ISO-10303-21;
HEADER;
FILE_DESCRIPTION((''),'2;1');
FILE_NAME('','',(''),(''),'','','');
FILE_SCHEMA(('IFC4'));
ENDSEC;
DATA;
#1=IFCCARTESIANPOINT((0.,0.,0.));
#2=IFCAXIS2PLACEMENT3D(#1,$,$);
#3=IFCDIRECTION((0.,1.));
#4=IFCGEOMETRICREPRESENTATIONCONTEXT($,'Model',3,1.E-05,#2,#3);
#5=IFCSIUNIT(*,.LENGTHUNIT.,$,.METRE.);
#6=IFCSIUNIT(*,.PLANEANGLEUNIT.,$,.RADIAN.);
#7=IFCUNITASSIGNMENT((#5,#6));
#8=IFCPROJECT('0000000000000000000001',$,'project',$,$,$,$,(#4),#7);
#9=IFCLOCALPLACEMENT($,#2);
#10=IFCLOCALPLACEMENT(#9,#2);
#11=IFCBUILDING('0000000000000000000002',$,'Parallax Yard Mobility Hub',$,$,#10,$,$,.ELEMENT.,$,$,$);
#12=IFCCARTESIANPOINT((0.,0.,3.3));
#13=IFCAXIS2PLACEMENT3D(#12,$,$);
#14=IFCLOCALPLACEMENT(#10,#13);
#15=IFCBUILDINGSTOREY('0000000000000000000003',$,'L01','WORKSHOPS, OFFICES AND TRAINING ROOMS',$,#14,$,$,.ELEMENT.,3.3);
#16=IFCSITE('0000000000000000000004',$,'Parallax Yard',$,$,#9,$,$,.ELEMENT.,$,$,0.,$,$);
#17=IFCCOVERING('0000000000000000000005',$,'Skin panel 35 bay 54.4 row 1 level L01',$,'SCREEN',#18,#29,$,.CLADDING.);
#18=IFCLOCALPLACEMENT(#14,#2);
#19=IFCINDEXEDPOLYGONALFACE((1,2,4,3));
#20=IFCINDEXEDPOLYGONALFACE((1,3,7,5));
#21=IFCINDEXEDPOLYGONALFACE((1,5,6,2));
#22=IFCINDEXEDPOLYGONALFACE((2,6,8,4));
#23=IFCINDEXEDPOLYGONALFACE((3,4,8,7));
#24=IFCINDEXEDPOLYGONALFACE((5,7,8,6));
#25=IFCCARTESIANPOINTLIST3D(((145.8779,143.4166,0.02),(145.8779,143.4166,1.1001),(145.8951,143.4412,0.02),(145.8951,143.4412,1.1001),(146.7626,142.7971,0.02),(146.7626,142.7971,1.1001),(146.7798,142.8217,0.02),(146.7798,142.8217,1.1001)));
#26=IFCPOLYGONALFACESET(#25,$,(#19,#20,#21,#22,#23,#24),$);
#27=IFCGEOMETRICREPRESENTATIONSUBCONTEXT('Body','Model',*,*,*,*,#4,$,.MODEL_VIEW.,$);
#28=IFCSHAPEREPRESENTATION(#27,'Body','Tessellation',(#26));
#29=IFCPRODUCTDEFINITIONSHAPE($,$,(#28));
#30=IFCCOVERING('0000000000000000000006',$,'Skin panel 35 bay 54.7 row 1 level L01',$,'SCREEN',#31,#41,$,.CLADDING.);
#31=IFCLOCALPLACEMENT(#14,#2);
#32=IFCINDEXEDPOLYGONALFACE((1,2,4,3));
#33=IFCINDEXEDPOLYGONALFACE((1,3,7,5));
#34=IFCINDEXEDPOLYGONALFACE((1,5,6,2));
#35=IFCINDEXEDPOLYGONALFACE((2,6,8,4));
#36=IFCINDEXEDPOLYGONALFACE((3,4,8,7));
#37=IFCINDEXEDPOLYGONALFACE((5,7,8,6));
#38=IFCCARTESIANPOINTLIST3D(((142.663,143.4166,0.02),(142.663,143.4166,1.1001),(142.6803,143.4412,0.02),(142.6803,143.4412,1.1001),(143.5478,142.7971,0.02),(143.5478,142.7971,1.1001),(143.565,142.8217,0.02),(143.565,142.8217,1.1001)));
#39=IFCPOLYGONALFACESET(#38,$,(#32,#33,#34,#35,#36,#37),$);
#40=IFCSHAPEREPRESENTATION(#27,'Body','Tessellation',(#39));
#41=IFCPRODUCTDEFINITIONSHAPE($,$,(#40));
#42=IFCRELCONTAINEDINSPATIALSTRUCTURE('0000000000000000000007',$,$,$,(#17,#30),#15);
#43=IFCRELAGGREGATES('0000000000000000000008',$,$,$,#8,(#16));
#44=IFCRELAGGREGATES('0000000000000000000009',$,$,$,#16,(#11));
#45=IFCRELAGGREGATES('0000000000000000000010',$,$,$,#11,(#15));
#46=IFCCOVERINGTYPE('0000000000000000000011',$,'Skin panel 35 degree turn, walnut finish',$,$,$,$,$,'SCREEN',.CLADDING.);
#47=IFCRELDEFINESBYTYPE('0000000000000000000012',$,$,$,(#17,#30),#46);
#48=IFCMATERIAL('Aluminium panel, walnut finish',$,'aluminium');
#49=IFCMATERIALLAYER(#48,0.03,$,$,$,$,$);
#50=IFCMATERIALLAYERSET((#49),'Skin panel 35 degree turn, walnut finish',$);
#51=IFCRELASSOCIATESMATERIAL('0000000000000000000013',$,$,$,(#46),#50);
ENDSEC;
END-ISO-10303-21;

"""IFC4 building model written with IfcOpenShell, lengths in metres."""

from ifc_helpers import new_model, si_unit, direction, frame, origin, origin_2d, place, context, subcontext, project, spatial, rectangle, extrude, material, layer, layer_set, type_object, element, save


model = new_model("IFC4")

# Units and contexts
model_context = context("Model", 3, precision=1e-05, world=origin(), true_north=direction((0.0, 1.0)))
body_context = subcontext(model_context, "Body", "Model", "MODEL_VIEW")
ifc_project = project(units=[si_unit("LENGTHUNIT", "METRE"), si_unit("PLANEANGLEUNIT", "RADIAN")], contexts=[model_context])

# Site, building, storey
site_placement = place(None, origin())
site = spatial("IfcSite", under=ifc_project, at=site_placement, Name="Parallax Yard", CompositionType="ELEMENT", RefElevation=0.0)
building_placement = place(site_placement, origin())
building = spatial("IfcBuilding", under=site, at=building_placement, Name="Parallax Yard Mobility Hub", CompositionType="ELEMENT")
storey_placement = place(building_placement, frame((0.0, 0.0, 3.3)))
storey = spatial("IfcBuildingStorey", under=building, at=storey_placement, Name="L01", Description="WORKSHOPS, OFFICES AND TRAINING ROOMS", CompositionType="ELEMENT", Elevation=3.3)

# Coverings
ifc_material_1 = material(Name="Aluminium panel, walnut finish", Category="aluminium")
ifc_layer_1 = layer(ifc_material_1, 0.03)
ifc_layer_set_1 = layer_set([ifc_layer_1], Name="Skin panel 35 degree turn, walnut finish")
covering_type_1 = type_object("IfcCoveringType", Name="Skin panel 35 degree turn, walnut finish", ElementType="SCREEN", PredefinedType="CLADDING", material=ifc_layer_set_1)
for number, where, z_axis, x_axis, name in (
    (1, (146.3289, 143.1191, 0.02), (0.0, 0.0, 1.0), (-0.819152, 0.573576, 0.0), "Skin panel 35 bay 54.4 row 1 level L01"),
    (2, (143.114, 143.1191, 0.02), (0.0, 0.0, 1.0), (-0.819152, 0.573576, 0.0), "Skin panel 35 bay 54.7 row 1 level L01"),
):
    element("IfcCovering", number, at=place(storey_placement, frame(where, z_axis=z_axis, x_axis=x_axis)), inside=storey, type_object=covering_type_1, Name=name, ObjectType="SCREEN", PredefinedType="CLADDING", context=body_context, shape_type="SweptSolid", body=[
        extrude(rectangle(XDim=1.0801, YDim=0.03, at=origin_2d()), origin(), (0.0, 0.0, 1.0), 1.0801),
    ])

save(model, "model.ifc")
